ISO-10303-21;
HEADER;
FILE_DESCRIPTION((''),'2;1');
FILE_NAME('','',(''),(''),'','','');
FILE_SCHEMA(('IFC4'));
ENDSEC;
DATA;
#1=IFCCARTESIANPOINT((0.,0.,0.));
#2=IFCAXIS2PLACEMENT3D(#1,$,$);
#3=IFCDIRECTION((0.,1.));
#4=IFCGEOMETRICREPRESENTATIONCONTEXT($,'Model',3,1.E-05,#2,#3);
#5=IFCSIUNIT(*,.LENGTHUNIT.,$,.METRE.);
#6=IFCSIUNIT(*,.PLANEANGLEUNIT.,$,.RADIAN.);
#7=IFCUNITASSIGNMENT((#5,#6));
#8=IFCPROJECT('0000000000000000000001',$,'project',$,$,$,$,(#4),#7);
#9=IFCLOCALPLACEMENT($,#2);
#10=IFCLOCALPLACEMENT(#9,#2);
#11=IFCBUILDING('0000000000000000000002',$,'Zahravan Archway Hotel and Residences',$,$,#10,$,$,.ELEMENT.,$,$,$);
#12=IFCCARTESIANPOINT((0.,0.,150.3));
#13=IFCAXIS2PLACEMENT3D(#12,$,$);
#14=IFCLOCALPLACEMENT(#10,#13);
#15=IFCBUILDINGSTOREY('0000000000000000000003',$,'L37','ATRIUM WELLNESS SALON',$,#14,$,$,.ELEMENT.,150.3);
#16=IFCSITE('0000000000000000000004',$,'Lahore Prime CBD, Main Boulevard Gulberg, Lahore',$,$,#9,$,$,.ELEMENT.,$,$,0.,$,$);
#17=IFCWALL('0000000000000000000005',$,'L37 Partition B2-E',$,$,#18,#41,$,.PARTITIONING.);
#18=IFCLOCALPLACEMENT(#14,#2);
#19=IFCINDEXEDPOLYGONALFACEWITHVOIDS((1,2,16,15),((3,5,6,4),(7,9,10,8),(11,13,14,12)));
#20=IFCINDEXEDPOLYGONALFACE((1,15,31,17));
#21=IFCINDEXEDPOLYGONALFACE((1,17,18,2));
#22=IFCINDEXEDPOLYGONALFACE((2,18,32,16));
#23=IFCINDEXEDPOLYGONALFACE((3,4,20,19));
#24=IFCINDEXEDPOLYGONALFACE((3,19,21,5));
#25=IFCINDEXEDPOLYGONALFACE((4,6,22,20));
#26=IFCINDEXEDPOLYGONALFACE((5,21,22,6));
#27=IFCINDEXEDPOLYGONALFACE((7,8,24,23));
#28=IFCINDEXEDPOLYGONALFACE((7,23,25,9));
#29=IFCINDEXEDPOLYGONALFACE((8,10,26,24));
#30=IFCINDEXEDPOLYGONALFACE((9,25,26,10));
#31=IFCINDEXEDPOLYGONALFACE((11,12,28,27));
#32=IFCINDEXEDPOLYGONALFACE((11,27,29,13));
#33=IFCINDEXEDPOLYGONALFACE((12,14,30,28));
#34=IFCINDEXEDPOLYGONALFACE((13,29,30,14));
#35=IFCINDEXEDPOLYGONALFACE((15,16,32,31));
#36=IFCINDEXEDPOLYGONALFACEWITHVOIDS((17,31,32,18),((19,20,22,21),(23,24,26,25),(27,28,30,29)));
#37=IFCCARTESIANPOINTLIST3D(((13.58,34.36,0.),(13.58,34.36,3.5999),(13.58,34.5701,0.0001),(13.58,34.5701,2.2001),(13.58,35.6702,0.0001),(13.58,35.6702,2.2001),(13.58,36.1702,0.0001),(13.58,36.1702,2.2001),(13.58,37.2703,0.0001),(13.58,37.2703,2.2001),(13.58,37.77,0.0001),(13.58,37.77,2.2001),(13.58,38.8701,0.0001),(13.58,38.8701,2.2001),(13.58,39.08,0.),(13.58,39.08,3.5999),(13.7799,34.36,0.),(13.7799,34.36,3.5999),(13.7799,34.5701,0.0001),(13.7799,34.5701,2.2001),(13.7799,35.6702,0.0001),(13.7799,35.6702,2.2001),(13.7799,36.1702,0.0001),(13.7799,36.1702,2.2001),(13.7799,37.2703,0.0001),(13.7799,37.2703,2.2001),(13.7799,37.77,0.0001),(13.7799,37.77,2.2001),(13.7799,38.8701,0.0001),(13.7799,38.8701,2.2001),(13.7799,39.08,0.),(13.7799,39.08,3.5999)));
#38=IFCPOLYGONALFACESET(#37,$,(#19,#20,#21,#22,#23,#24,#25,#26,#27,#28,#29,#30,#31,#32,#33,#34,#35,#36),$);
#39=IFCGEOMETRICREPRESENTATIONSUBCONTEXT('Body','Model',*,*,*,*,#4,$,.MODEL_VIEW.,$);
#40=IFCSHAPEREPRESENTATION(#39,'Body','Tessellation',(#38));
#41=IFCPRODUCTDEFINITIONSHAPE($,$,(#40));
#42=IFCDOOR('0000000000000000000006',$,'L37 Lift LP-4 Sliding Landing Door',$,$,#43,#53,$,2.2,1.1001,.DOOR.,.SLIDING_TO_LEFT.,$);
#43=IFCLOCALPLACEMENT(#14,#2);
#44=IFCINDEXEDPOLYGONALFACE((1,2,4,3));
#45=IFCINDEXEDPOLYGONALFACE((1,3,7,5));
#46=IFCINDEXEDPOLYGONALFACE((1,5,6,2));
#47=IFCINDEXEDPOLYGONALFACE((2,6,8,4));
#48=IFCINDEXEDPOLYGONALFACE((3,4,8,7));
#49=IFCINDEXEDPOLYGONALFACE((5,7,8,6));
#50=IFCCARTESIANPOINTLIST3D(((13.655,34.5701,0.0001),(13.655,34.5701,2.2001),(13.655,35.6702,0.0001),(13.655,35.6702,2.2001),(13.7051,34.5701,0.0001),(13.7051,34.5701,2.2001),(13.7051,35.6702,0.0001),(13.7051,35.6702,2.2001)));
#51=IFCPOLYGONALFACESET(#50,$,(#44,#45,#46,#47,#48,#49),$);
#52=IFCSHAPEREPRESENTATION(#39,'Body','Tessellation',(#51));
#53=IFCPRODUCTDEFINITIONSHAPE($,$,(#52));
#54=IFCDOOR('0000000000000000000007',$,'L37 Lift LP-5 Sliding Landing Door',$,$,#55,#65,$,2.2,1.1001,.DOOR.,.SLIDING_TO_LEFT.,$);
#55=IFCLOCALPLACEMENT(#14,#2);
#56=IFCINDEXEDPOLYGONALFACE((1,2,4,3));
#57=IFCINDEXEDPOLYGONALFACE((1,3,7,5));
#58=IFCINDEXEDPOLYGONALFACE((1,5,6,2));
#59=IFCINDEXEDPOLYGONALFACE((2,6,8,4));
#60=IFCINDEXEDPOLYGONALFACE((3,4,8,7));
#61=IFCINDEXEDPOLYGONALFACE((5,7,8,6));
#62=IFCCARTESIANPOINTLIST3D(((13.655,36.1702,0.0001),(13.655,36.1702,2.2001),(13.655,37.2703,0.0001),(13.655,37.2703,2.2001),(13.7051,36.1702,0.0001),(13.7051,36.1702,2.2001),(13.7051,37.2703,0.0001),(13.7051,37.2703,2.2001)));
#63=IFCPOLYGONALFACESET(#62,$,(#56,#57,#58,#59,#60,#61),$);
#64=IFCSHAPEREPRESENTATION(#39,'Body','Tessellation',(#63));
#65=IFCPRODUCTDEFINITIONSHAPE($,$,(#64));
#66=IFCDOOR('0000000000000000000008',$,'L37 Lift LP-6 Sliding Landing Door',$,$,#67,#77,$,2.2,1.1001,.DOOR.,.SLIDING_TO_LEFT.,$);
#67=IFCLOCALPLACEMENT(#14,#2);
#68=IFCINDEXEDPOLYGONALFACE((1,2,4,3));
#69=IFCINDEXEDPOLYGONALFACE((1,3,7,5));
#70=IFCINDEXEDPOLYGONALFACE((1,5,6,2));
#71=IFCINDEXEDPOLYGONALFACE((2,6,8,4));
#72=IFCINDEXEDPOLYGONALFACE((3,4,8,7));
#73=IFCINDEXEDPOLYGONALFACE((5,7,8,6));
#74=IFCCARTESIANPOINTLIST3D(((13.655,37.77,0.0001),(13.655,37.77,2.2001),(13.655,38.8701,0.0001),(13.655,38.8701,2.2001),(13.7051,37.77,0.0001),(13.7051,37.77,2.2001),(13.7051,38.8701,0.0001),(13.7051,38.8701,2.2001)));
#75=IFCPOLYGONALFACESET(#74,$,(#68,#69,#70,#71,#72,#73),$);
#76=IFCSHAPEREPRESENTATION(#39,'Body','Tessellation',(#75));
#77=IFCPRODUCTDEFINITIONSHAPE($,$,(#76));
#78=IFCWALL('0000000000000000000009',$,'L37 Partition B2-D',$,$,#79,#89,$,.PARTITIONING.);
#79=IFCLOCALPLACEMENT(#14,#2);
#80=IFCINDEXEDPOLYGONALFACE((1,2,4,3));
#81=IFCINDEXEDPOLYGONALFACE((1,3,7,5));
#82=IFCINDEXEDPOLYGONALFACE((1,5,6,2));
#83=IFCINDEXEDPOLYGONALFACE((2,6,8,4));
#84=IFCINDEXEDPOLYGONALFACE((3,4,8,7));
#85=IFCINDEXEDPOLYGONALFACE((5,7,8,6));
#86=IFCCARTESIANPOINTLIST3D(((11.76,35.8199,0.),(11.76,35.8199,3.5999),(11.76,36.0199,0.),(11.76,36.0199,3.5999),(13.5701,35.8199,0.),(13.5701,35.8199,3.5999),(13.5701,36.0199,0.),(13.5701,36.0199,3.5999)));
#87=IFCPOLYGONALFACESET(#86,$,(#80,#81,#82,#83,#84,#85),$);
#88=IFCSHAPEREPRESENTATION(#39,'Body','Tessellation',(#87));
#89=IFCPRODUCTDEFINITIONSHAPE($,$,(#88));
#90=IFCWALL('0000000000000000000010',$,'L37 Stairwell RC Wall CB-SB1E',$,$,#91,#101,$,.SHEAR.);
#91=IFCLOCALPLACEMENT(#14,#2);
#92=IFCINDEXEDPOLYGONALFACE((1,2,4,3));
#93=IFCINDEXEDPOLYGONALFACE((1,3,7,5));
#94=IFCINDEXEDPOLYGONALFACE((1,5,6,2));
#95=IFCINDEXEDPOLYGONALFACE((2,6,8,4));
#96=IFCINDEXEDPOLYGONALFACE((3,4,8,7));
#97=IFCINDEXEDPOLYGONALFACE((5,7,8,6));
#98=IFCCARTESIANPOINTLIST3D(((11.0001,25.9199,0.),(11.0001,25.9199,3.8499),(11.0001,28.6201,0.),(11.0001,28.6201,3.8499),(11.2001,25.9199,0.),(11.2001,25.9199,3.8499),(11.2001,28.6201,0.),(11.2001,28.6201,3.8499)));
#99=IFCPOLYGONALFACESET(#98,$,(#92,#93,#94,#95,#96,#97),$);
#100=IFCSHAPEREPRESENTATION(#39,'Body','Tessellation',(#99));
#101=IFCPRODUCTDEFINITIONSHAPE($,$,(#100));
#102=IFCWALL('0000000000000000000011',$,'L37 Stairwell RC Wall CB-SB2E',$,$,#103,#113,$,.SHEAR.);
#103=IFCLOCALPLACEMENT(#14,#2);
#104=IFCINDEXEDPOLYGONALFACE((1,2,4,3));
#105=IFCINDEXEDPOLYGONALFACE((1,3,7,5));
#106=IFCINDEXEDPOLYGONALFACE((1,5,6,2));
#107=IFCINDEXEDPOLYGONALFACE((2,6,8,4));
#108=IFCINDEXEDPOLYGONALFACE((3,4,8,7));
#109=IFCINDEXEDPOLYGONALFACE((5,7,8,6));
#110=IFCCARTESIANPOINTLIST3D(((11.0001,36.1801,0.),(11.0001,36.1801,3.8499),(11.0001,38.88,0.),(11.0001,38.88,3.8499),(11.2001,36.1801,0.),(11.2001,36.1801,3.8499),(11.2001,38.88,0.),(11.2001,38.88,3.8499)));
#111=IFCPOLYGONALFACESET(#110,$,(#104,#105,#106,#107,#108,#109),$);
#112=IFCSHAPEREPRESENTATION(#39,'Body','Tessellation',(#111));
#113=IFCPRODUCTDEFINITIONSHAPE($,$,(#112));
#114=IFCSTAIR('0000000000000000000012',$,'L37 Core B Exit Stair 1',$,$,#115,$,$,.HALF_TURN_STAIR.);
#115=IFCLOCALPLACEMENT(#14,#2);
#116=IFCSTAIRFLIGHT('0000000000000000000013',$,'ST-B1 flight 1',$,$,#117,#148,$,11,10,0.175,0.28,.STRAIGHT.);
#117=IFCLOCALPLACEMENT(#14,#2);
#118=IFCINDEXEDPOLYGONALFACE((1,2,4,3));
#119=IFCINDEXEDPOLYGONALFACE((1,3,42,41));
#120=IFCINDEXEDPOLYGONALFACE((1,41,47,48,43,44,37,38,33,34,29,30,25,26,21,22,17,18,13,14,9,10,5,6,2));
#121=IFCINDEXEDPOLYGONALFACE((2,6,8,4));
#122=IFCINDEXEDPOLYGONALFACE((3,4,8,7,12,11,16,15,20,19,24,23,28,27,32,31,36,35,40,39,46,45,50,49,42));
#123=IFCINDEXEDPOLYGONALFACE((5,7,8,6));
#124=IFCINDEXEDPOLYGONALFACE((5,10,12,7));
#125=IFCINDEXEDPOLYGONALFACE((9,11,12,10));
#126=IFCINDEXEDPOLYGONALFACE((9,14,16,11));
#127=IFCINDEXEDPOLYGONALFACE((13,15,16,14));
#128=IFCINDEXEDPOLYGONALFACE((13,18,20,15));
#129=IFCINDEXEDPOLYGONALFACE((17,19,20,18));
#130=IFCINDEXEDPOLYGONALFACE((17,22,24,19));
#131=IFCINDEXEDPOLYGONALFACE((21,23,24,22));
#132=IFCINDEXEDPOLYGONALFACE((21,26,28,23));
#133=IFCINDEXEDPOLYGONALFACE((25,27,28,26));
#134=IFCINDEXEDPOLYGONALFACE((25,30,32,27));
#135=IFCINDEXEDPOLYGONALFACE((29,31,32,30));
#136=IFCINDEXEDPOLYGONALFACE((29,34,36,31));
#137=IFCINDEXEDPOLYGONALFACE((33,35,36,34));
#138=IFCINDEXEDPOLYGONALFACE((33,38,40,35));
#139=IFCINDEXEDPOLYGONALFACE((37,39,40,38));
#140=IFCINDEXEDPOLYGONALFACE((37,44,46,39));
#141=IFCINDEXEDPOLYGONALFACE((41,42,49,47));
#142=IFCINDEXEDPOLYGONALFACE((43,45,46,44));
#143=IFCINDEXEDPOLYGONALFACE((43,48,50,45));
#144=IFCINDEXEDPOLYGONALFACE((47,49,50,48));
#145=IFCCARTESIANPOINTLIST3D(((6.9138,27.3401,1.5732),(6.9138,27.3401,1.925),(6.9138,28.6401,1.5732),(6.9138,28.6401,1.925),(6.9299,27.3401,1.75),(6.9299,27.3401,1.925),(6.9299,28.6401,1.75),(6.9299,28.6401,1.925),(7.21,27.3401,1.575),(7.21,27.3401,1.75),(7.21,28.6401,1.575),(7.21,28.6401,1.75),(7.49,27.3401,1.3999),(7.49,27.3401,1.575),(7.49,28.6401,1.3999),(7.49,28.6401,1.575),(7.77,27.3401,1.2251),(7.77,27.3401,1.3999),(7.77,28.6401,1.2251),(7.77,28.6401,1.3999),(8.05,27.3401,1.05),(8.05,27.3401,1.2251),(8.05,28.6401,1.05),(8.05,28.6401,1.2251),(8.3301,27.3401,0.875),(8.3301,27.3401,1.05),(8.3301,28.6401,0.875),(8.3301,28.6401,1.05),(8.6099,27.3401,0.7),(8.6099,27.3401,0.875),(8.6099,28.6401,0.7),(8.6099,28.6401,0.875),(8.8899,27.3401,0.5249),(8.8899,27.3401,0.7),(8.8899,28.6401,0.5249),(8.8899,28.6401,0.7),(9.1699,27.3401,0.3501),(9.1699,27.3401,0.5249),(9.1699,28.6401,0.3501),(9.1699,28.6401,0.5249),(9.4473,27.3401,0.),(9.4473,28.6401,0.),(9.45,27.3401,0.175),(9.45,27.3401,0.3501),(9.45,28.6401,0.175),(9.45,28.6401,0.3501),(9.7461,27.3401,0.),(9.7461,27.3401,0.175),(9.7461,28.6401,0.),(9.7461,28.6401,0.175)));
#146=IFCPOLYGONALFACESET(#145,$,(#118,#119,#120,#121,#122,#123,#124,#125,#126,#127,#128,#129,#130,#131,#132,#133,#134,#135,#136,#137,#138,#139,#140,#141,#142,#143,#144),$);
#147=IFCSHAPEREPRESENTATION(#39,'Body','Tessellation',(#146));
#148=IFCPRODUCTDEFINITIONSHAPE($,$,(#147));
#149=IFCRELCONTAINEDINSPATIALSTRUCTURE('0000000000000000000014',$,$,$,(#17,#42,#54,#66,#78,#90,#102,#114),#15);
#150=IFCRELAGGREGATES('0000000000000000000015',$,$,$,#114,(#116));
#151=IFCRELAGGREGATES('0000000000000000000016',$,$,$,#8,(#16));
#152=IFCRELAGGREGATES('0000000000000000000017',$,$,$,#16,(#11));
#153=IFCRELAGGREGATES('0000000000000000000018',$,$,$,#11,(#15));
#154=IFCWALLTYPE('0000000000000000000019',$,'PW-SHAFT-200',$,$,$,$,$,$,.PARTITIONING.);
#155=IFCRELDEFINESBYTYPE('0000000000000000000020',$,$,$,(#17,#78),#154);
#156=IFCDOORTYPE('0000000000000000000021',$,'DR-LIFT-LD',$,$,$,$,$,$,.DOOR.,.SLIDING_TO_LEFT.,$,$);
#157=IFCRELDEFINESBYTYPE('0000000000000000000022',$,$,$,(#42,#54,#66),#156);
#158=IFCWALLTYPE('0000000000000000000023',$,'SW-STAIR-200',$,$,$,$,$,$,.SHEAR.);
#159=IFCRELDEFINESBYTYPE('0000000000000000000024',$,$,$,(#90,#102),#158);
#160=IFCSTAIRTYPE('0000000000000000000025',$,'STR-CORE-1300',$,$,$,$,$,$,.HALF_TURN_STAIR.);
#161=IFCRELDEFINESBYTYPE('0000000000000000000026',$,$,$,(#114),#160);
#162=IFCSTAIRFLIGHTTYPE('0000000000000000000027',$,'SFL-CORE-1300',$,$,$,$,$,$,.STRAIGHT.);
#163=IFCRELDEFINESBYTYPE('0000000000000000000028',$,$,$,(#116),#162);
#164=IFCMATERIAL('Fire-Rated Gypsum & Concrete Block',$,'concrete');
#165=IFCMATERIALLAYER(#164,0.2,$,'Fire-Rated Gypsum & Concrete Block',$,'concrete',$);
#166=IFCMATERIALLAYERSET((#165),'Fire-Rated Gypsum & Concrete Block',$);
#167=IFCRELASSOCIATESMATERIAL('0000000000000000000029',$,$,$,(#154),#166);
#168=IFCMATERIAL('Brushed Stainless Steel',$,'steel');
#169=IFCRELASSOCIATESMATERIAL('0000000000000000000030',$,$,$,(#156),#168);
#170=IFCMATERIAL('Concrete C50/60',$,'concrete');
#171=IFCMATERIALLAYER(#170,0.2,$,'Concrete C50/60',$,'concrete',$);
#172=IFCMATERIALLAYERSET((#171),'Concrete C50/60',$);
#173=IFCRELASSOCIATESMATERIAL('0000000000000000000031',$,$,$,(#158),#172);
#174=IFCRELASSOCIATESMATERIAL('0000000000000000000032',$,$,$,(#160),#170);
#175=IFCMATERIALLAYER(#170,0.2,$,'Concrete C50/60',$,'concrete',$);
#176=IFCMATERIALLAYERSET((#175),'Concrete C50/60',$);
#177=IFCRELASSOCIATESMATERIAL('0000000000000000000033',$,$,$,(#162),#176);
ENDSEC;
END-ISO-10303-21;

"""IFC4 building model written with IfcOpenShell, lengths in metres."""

from ifc_helpers import new_model, si_unit, direction, frame, frame_2d, origin, place, context, subcontext, project, spatial, polyline, rectangle, outline, extrude, source, transform, mapped, material, layer, layer_set, type_object, type_shapes, element, fill, aggregate, save


model = new_model("IFC4")

# Units and contexts
model_context = context("Model", 3, precision=1e-05, world=origin(), true_north=direction((0.0, 1.0)))
body_context = subcontext(model_context, "Body", "Model", "MODEL_VIEW")
ifc_project = project(units=[si_unit("LENGTHUNIT", "METRE"), si_unit("PLANEANGLEUNIT", "RADIAN")], contexts=[model_context])

# Site, building, storey
site_placement = place(None, origin())
site = spatial("IfcSite", under=ifc_project, at=site_placement, Name="Lahore Prime CBD, Main Boulevard Gulberg, Lahore", CompositionType="ELEMENT", RefElevation=0.0)
building_placement = place(site_placement, origin())
building = spatial("IfcBuilding", under=site, at=building_placement, Name="Zahravan Archway Hotel and Residences", CompositionType="ELEMENT")
storey_placement = place(building_placement, frame((0.0, 0.0, 150.3)))
storey = spatial("IfcBuildingStorey", under=building, at=storey_placement, Name="L37", Description="ATRIUM WELLNESS SALON", CompositionType="ELEMENT", Elevation=150.3)

# Shared definitions
ifc_material_1 = material(Name="Fire-Rated Gypsum & Concrete Block", Category="concrete")
ifc_layer_1 = layer(ifc_material_1, 0.2, Name="Fire-Rated Gypsum & Concrete Block", Category="concrete")
ifc_layer_set_1 = layer_set([ifc_layer_1], Name="Fire-Rated Gypsum & Concrete Block")
wall_type_1 = type_object("IfcWallType", Name="PW-SHAFT-200", PredefinedType="PARTITIONING", material=ifc_layer_set_1)

# Wall, openings, doors
wall_1_placement = place(storey_placement, frame((13.6799, 34.3601, 0.0), z_axis=(0.0, 0.0, 1.0), x_axis=(0.0, 1.0, 0.0)))
wall_1 = element("IfcWall", 1, at=wall_1_placement, inside=storey, type_object=wall_type_1, Name="L37 Partition B2-E", PredefinedType="PARTITIONING", context=body_context, shape_type="SweptSolid", body=[
    extrude(rectangle(XDim=4.72, YDim=0.2, at=frame_2d((2.3599, 0.0))), origin(), (0.0, 0.0, 1.0), 3.5999),
])
opening_1_placement = place(wall_1_placement, frame((0.21, 0.0, 0.0)))
opening_1 = element("IfcOpeningElement", 2, at=opening_1_placement, cuts=wall_1, PredefinedType="OPENING", context=body_context, shape_type="SweptSolid", body=[
    extrude(rectangle(XDim=1.1001, YDim=2.2, at=frame_2d((0.55, 1.1001))), frame((0.0, 0.1099, 0.0), z_axis=(0.0, -1.0, 0.0), x_axis=(1.0, 0.0, 0.0)), (0.0, 0.0, 1.0), 0.22),
])
opening_2_placement = place(wall_1_placement, frame((1.8101, 0.0, 0.0)))
opening_2 = element("IfcOpeningElement", 3, at=opening_2_placement, cuts=wall_1, PredefinedType="OPENING", context=body_context, shape_type="SweptSolid", body=[
    extrude(rectangle(XDim=1.1001, YDim=2.2, at=frame_2d((0.55, 1.1001))), frame((0.0, 0.1099, 0.0), z_axis=(0.0, -1.0, 0.0), x_axis=(1.0, 0.0, 0.0)), (0.0, 0.0, 1.0), 0.22),
])
opening_3_placement = place(wall_1_placement, frame((3.4099, 0.0, 0.0)))
opening_3 = element("IfcOpeningElement", 4, at=opening_3_placement, cuts=wall_1, PredefinedType="OPENING", context=body_context, shape_type="SweptSolid", body=[
    extrude(rectangle(XDim=1.1001, YDim=2.2, at=frame_2d((0.55, 1.1001))), frame((0.0, 0.1099, 0.0), z_axis=(0.0, -1.0, 0.0), x_axis=(1.0, 0.0, 0.0)), (0.0, 0.0, 1.0), 0.22),
])
ifc_material_2 = material(Name="Brushed Stainless Steel", Category="steel")
door_type_1 = type_object("IfcDoorType", Name="DR-LIFT-LD", OperationType="SLIDING_TO_LEFT", PredefinedType="DOOR", material=ifc_material_2)
shared_shape_1 = source(origin(), body_context, "Body", "SweptSolid", [
    extrude(rectangle(XDim=1.1001, YDim=2.2, at=frame_2d((0.55, 1.1001))), frame((0.0, 0.0249, 0.0), z_axis=(0.0, -1.0, 0.0), x_axis=(1.0, 0.0, 0.0)), (0.0, 0.0, 1.0), 0.05),
])
type_shapes(door_type_1, [shared_shape_1])
door_1_placement = place(opening_1_placement, origin())
door_1 = element("IfcDoor", 5, at=door_1_placement, inside=storey, type_object=door_type_1, Name="L37 Lift LP-4 Sliding Landing Door", OperationType="SLIDING_TO_LEFT", OverallHeight=2.2, OverallWidth=1.1001, PredefinedType="DOOR", context=body_context, shape_type="MappedRepresentation", body=[
    mapped(shared_shape_1, transform((0.0, 0.0, 0.0), scale=1.0)),
])
fill(opening_1, door_1)
door_2_placement = place(opening_2_placement, origin())
door_2 = element("IfcDoor", 6, at=door_2_placement, inside=storey, type_object=door_type_1, Name="L37 Lift LP-5 Sliding Landing Door", OperationType="SLIDING_TO_LEFT", OverallHeight=2.2, OverallWidth=1.1001, PredefinedType="DOOR", context=body_context, shape_type="MappedRepresentation", body=[
    mapped(shared_shape_1, transform((0.0, 0.0, 0.0), scale=1.0)),
])
fill(opening_2, door_2)
door_3_placement = place(opening_3_placement, origin())
door_3 = element("IfcDoor", 7, at=door_3_placement, inside=storey, type_object=door_type_1, Name="L37 Lift LP-6 Sliding Landing Door", OperationType="SLIDING_TO_LEFT", OverallHeight=2.2, OverallWidth=1.1001, PredefinedType="DOOR", context=body_context, shape_type="MappedRepresentation", body=[
    mapped(shared_shape_1, transform((0.0, 0.0, 0.0), scale=1.0)),
])
fill(opening_3, door_3)

# Wall
wall_2_placement = place(storey_placement, frame((11.76, 35.9199, 0.0), z_axis=(0.0, 0.0, 1.0), x_axis=(1.0, 0.0, 0.0)))
element("IfcWall", 8, at=wall_2_placement, inside=storey, type_object=wall_type_1, Name="L37 Partition B2-D", PredefinedType="PARTITIONING", context=body_context, shape_type="SweptSolid", body=[
    extrude(rectangle(XDim=1.8101, YDim=0.2, at=frame_2d((0.905, 0.0))), origin(), (0.0, 0.0, 1.0), 3.5999),
])

# Walls
ifc_material_3 = material(Name="Concrete C50/60", Category="concrete")
ifc_layer_2 = layer(ifc_material_3, 0.2, Name="Concrete C50/60", Category="concrete")
ifc_layer_set_2 = layer_set([ifc_layer_2], Name="Concrete C50/60")
wall_type_2 = type_object("IfcWallType", Name="SW-STAIR-200", PredefinedType="SHEAR", material=ifc_layer_set_2)
wall_3_placement = place(storey_placement, frame((11.1001, 25.9199, 0.0), z_axis=(0.0, 0.0, 1.0), x_axis=(0.0, 1.0, 0.0)))
element("IfcWall", 9, at=wall_3_placement, inside=storey, type_object=wall_type_2, Name="L37 Stairwell RC Wall CB-SB1E", PredefinedType="SHEAR", context=body_context, shape_type="SweptSolid", body=[
    extrude(rectangle(XDim=2.7002, YDim=0.2, at=frame_2d((1.3501, 0.0))), origin(), (0.0, 0.0, 1.0), 3.8499),
])
wall_4_placement = place(storey_placement, frame((11.1001, 36.1799, 0.0), z_axis=(0.0, 0.0, 1.0), x_axis=(0.0, 1.0, 0.0)))
element("IfcWall", 10, at=wall_4_placement, inside=storey, type_object=wall_type_2, Name="L37 Stairwell RC Wall CB-SB2E", PredefinedType="SHEAR", context=body_context, shape_type="SweptSolid", body=[
    extrude(rectangle(XDim=2.7, YDim=0.2, at=frame_2d((1.3501, 0.0))), origin(), (0.0, 0.0, 1.0), 3.8499),
])

# Stair, stair flight
stair_type = type_object("IfcStairType", Name="STR-CORE-1300", PredefinedType="HALF_TURN_STAIR", material=ifc_material_3)
stair_placement = place(storey_placement, origin())
stair = element("IfcStair", 11, at=stair_placement, inside=storey, type_object=stair_type, Name="L37 Core B Exit Stair 1", PredefinedType="HALF_TURN_STAIR")
ifc_layer_3 = layer(ifc_material_3, 0.2, Name="Concrete C50/60", Category="concrete")
ifc_layer_set_3 = layer_set([ifc_layer_3], Name="Concrete C50/60")
stair_flight_type = type_object("IfcStairFlightType", Name="SFL-CORE-1300", PredefinedType="STRAIGHT", material=ifc_layer_set_3)
shared_shape_2 = source(origin(), body_context, "Body", "SweptSolid", [
    extrude(outline(polyline([(-0.0161, 0.0), (-0.0161, 0.175), (0.28, 0.175), (0.28, 0.3501), (0.5601, 0.3501), (0.5601, 0.5249), (0.8401, 0.5249), (0.8401, 0.7), (1.1201, 0.7), (1.1201, 0.875), (1.3999, 0.875), (1.3999, 1.05), (1.6799, 1.05), (1.6799, 1.2251), (1.96, 1.2251), (1.96, 1.3999), (2.24, 1.3999), (2.24, 1.575), (2.52, 1.575), (2.52, 1.75), (2.8, 1.75), (2.8, 1.925), (2.8162, 1.925), (2.8162, 1.5732), (0.2827, 0.0), (-0.0161, 0.0)])), frame((0.0, 0.6499, 0.0), z_axis=(0.0, -1.0, 0.0), x_axis=(1.0, 0.0, 0.0)), (0.0, 0.0, 1.0), 1.3),
])
stair_flight_placement = place(storey_placement, frame((9.73, 27.99, 0.0), z_axis=(0.0, 0.0, 1.0), x_axis=(-1.0, 0.0, 0.0)))
stair_flight = element("IfcStairFlight", 12, at=stair_flight_placement, type_object=stair_flight_type, Name="ST-B1 flight 1", NumberOfRisers=11, NumberOfTreads=10, PredefinedType="STRAIGHT", RiserHeight=0.175, TreadLength=0.28, context=body_context, shape_type="MappedRepresentation", body=[
    mapped(shared_shape_2, transform((0.0, 0.0, 0.0), scale=1.0)),
])
aggregate(stair, [stair_flight])

save(model, "model.ifc")
